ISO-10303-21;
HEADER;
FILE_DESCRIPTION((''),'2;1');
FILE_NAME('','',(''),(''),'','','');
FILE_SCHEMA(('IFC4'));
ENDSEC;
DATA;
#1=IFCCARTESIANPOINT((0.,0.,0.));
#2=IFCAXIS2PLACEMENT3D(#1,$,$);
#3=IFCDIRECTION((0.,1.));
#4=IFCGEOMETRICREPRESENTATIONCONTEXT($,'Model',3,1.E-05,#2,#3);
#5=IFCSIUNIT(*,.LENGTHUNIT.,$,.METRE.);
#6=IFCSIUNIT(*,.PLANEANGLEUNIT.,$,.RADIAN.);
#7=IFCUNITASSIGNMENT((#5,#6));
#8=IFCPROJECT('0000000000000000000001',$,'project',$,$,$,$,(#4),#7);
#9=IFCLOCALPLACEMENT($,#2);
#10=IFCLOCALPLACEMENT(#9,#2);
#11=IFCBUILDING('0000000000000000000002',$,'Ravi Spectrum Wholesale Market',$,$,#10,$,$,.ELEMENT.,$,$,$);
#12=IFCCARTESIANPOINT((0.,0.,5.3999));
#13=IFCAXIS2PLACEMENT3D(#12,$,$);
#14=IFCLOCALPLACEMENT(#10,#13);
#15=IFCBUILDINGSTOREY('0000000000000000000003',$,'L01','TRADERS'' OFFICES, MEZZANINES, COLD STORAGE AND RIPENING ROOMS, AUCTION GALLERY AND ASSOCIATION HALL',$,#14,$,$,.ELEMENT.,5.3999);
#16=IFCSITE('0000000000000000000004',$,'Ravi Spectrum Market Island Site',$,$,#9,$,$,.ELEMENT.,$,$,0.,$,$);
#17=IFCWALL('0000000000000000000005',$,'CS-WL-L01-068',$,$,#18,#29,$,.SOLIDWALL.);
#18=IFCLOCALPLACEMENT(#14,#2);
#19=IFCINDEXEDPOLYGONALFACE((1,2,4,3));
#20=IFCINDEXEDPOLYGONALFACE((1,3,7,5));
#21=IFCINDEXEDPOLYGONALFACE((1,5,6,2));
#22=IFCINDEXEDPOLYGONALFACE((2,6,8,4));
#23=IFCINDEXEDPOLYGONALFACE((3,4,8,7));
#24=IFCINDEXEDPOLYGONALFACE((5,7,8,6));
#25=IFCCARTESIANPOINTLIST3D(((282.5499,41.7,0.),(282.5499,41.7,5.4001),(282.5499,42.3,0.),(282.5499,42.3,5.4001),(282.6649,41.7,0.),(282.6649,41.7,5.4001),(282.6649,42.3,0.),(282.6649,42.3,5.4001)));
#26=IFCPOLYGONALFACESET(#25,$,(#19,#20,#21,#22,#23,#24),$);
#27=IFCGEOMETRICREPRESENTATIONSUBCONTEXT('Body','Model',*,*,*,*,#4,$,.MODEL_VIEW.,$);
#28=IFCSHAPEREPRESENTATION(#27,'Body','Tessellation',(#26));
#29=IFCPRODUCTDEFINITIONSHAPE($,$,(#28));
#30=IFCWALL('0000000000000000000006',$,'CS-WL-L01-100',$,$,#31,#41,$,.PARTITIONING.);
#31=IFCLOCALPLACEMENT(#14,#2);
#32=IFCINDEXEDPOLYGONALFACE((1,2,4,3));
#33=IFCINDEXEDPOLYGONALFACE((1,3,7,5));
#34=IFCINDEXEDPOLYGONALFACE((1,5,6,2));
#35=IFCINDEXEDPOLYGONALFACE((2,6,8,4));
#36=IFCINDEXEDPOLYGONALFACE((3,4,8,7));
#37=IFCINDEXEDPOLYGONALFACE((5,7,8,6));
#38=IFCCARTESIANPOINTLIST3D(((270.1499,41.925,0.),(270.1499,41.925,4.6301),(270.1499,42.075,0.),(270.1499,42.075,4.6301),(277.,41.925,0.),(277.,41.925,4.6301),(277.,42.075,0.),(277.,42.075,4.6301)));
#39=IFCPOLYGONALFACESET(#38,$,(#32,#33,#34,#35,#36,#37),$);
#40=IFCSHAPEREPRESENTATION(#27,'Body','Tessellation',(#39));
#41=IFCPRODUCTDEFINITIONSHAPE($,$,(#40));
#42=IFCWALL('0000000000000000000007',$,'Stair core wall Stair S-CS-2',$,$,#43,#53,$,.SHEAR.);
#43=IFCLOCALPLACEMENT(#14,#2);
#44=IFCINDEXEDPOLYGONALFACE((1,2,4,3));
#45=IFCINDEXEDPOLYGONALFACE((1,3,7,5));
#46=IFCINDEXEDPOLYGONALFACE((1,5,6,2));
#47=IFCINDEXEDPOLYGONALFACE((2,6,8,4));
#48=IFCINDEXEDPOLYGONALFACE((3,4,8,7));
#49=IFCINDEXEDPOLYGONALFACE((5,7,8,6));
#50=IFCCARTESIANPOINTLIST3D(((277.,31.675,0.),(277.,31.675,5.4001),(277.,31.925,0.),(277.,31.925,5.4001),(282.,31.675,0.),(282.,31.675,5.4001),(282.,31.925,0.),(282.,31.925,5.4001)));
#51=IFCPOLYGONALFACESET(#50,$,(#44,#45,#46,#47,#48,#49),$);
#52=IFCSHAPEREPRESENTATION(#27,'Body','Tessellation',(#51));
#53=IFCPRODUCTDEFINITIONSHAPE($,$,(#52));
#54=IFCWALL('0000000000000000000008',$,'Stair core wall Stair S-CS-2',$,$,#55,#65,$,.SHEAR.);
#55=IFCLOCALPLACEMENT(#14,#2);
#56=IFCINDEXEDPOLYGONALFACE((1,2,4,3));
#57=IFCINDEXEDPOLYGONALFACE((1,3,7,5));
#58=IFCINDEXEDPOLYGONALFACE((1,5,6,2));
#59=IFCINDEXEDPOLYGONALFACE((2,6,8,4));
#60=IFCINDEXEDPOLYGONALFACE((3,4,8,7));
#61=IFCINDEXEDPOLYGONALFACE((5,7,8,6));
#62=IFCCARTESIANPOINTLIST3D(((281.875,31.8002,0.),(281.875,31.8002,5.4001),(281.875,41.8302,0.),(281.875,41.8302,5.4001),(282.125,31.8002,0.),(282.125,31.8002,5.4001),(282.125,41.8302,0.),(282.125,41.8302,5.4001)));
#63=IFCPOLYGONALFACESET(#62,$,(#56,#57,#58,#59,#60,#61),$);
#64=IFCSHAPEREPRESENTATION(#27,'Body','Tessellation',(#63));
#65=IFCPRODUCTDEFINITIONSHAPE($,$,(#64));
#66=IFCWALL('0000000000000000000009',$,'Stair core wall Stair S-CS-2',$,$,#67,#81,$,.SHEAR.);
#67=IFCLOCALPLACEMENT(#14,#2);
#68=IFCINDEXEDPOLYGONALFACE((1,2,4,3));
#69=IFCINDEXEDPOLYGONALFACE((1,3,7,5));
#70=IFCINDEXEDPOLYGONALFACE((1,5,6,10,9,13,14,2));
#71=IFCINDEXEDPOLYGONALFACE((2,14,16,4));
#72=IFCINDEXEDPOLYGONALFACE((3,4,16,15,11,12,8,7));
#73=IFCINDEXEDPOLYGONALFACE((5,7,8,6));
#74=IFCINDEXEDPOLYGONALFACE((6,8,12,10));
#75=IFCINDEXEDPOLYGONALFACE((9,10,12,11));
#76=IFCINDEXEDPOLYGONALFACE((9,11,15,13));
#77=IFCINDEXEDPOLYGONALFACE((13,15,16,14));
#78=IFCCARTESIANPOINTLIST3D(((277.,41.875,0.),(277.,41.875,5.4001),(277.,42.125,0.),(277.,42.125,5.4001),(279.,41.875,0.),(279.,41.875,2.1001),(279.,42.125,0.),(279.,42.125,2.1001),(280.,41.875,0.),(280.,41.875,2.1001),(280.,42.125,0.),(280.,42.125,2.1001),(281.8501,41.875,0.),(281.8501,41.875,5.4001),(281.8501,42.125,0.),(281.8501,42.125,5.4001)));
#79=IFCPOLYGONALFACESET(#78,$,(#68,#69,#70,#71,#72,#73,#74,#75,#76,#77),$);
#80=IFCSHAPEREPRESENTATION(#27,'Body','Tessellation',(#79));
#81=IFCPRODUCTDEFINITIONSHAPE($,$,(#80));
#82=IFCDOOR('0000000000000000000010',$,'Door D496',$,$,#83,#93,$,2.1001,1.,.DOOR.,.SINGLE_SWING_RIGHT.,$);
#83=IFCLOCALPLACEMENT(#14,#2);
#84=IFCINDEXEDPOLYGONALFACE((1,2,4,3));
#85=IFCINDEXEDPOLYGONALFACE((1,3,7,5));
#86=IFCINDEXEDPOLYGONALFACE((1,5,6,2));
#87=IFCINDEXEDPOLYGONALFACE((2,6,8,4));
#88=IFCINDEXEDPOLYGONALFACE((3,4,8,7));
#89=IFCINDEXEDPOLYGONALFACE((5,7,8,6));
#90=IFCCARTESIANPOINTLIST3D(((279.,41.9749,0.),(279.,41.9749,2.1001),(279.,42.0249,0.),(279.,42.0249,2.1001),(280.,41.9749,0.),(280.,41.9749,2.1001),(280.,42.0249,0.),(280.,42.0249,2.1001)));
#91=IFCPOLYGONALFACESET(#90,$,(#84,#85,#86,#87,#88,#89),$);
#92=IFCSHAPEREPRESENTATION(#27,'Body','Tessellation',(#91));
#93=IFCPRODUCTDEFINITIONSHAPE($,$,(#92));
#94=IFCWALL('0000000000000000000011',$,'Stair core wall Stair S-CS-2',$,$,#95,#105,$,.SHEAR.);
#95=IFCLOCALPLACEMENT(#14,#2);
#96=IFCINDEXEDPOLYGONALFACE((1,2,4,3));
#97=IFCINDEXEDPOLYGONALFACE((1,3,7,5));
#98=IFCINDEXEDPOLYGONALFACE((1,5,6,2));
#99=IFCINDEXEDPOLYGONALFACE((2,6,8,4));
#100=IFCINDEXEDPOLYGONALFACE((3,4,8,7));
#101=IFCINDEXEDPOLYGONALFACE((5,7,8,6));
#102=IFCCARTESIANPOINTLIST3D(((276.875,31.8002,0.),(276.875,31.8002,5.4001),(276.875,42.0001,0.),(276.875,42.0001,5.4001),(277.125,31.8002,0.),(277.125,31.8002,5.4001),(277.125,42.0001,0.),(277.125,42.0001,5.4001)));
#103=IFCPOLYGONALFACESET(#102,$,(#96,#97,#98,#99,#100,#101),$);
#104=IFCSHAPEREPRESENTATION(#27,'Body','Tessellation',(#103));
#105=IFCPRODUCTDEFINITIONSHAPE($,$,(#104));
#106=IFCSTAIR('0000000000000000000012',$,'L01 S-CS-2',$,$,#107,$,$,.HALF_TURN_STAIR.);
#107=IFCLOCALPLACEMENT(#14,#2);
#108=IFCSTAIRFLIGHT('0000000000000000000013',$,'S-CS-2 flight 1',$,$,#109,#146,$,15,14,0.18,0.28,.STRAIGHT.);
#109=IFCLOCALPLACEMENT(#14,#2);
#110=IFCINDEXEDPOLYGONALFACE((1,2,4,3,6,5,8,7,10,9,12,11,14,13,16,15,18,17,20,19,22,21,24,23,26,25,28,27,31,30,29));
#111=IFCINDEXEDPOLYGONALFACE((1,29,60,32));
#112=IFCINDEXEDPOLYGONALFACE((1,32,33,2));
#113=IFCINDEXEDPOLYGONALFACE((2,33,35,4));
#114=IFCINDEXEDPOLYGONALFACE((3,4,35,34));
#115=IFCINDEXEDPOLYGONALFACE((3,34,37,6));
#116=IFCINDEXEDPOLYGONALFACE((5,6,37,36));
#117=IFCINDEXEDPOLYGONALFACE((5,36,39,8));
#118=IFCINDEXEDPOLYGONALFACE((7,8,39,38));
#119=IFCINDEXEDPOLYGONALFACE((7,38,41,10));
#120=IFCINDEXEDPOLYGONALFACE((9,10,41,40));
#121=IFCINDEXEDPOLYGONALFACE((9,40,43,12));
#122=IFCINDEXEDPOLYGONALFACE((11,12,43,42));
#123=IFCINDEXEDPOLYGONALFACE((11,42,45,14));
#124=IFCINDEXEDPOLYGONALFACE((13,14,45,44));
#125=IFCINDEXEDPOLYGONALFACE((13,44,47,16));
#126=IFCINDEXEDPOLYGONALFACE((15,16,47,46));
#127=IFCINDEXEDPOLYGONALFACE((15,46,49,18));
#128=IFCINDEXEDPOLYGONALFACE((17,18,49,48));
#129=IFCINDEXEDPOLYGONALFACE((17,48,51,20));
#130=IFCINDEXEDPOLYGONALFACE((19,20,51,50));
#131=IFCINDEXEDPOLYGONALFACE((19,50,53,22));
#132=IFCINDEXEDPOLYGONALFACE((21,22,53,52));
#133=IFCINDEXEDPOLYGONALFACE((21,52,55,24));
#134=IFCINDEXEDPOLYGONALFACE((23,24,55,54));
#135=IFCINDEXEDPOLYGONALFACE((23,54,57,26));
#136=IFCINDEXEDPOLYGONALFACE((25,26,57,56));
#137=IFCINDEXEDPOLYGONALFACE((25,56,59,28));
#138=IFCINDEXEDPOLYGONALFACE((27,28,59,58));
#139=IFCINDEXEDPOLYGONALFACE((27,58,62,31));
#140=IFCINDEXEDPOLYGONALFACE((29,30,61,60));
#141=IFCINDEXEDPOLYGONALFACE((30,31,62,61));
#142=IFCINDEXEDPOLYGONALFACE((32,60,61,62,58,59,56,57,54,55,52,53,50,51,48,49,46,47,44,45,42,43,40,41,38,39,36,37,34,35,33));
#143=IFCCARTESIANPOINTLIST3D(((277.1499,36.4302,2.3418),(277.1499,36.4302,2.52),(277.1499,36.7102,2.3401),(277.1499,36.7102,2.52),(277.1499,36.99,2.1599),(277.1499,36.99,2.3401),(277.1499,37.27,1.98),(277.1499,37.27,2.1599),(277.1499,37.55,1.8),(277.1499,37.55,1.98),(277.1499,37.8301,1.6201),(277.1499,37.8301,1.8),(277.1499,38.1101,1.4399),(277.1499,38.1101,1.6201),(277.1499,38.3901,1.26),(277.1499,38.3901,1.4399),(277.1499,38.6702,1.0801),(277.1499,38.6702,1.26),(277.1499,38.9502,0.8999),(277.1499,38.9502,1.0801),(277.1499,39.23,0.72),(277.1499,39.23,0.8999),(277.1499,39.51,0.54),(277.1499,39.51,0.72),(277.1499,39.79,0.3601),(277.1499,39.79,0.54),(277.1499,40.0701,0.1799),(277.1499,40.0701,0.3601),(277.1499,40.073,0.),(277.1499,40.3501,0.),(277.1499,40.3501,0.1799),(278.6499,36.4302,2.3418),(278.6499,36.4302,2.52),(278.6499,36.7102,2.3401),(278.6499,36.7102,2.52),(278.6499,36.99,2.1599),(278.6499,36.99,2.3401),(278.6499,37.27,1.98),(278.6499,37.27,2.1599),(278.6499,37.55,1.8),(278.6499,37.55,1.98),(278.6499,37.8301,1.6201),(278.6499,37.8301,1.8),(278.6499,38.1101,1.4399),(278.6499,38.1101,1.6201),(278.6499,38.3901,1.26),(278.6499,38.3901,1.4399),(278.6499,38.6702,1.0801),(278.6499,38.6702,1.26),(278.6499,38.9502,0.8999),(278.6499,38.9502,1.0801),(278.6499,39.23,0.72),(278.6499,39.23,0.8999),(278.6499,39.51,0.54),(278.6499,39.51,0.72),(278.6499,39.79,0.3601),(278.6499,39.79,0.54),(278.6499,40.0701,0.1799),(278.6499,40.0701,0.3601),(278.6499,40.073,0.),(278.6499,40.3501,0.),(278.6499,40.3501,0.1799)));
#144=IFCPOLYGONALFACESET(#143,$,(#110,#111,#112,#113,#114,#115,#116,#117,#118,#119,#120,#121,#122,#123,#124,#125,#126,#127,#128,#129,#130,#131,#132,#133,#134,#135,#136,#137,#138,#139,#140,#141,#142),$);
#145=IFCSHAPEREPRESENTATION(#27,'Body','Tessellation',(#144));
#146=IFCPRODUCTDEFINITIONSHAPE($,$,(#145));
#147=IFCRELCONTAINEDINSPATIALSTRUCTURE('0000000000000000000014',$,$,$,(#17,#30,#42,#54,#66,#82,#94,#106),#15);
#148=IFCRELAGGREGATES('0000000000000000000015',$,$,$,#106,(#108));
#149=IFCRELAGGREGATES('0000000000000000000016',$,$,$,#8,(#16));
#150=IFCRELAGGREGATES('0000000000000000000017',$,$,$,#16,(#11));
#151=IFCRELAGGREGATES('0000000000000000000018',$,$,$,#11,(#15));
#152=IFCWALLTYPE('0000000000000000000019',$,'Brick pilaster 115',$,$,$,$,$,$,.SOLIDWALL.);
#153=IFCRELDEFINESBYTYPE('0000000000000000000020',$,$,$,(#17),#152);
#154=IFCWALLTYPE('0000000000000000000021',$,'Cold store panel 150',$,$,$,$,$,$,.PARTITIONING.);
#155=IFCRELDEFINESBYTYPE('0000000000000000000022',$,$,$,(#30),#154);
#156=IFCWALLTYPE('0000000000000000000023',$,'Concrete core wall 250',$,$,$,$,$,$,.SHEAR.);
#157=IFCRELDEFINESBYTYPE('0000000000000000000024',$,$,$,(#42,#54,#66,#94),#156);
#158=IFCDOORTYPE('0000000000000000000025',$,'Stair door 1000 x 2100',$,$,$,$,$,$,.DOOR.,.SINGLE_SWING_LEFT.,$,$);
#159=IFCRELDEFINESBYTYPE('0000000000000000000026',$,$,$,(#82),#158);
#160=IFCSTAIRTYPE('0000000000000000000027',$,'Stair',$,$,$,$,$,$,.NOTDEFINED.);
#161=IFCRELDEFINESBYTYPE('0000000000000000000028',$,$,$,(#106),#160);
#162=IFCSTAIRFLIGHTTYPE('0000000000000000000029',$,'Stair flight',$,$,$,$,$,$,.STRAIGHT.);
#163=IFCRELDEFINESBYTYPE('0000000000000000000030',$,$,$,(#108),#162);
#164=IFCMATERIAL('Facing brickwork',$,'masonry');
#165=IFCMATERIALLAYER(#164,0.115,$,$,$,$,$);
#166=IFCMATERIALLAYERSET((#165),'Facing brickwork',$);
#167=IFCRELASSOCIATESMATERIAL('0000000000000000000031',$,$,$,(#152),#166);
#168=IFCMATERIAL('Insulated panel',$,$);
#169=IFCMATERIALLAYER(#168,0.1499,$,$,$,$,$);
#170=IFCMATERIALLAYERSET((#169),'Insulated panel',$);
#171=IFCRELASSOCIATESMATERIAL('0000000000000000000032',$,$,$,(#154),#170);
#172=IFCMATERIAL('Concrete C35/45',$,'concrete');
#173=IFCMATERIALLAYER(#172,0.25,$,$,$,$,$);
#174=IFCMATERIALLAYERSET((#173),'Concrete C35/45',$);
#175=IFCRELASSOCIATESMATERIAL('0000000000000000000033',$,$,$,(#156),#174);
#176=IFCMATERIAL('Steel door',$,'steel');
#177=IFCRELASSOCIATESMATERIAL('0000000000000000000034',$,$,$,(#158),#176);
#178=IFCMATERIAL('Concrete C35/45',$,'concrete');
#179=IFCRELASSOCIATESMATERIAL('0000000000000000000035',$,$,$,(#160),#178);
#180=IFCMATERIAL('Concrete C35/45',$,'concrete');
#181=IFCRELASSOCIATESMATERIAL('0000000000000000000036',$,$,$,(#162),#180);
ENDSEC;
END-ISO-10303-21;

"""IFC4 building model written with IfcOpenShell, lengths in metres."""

from ifc_helpers import new_model, si_unit, direction, frame, frame_2d, origin, place, context, subcontext, project, spatial, polyline, rectangle, outline, extrude, material, layer, layer_set, type_object, element, fill, aggregate, save


model = new_model("IFC4")

# Units and contexts
model_context = context("Model", 3, precision=1e-05, world=origin(), true_north=direction((0.0, 1.0)))
body_context = subcontext(model_context, "Body", "Model", "MODEL_VIEW")
ifc_project = project(units=[si_unit("LENGTHUNIT", "METRE"), si_unit("PLANEANGLEUNIT", "RADIAN")], contexts=[model_context])

# Site, building, storey
site_placement = place(None, origin())
site = spatial("IfcSite", under=ifc_project, at=site_placement, Name="Ravi Spectrum Market Island Site", CompositionType="ELEMENT", RefElevation=0.0)
building_placement = place(site_placement, origin())
building = spatial("IfcBuilding", under=site, at=building_placement, Name="Ravi Spectrum Wholesale Market", CompositionType="ELEMENT")
storey_placement = place(building_placement, frame((0.0, 0.0, 5.3999)))
storey = spatial("IfcBuildingStorey", under=building, at=storey_placement, Name="L01", Description="TRADERS' OFFICES, MEZZANINES, COLD STORAGE AND RIPENING ROOMS, AUCTION GALLERY AND ASSOCIATION HALL", CompositionType="ELEMENT", Elevation=5.3999)

# Walls
ifc_material_1 = material(Name="Facing brickwork", Category="masonry")
ifc_layer_1 = layer(ifc_material_1, 0.115)
ifc_layer_set_1 = layer_set([ifc_layer_1], Name="Facing brickwork")
wall_type_1 = type_object("IfcWallType", Name="Brick pilaster 115", PredefinedType="SOLIDWALL", material=ifc_layer_set_1)
wall_1_placement = place(storey_placement, frame((282.6074, 41.7, 0.0), z_axis=(0.0, 0.0, 1.0), x_axis=(0.0, 1.0, 0.0)))
element("IfcWall", 1, at=wall_1_placement, inside=storey, type_object=wall_type_1, Name="CS-WL-L01-068", PredefinedType="SOLIDWALL", context=body_context, shape_type="SweptSolid", body=[
    extrude(rectangle(XDim=0.6001, YDim=0.115, at=frame_2d((0.3, 0.0))), origin(), (0.0, 0.0, 1.0), 5.4001),
])
ifc_material_2 = material(Name="Insulated panel")
ifc_layer_2 = layer(ifc_material_2, 0.1499)
ifc_layer_set_2 = layer_set([ifc_layer_2], Name="Insulated panel")
wall_type_2 = type_object("IfcWallType", Name="Cold store panel 150", PredefinedType="PARTITIONING", material=ifc_layer_set_2)
wall_2_placement = place(storey_placement, frame((270.1499, 42.0, 0.0), z_axis=(0.0, 0.0, 1.0), x_axis=(1.0, 0.0, 0.0)))
element("IfcWall", 2, at=wall_2_placement, inside=storey, type_object=wall_type_2, Name="CS-WL-L01-100", PredefinedType="PARTITIONING", context=body_context, shape_type="SweptSolid", body=[
    extrude(rectangle(XDim=6.8501, YDim=0.1499, at=frame_2d((3.425, 0.0))), origin(), (0.0, 0.0, 1.0), 4.6301),
])
ifc_material_3 = material(Name="Concrete C35/45", Category="concrete")
ifc_layer_3 = layer(ifc_material_3, 0.25)
ifc_layer_set_3 = layer_set([ifc_layer_3], Name="Concrete C35/45")
wall_type_3 = type_object("IfcWallType", Name="Concrete core wall 250", PredefinedType="SHEAR", material=ifc_layer_set_3)
wall_3_placement = place(storey_placement, frame((277.0, 31.8, 0.0), z_axis=(0.0, 0.0, 1.0), x_axis=(1.0, 0.0, 0.0)))
element("IfcWall", 3, at=wall_3_placement, inside=storey, type_object=wall_type_3, Name="Stair core wall Stair S-CS-2", PredefinedType="SHEAR", context=body_context, shape_type="SweptSolid", body=[
    extrude(rectangle(XDim=5.0, YDim=0.25, at=frame_2d((2.5, 0.0))), origin(), (0.0, 0.0, 1.0), 5.4001),
])
wall_4_placement = place(storey_placement, frame((282.0, 31.8, 0.0), z_axis=(0.0, 0.0, 1.0), x_axis=(0.0, 1.0, 0.0)))
element("IfcWall", 4, at=wall_4_placement, inside=storey, type_object=wall_type_3, Name="Stair core wall Stair S-CS-2", PredefinedType="SHEAR", context=body_context, shape_type="SweptSolid", body=[
    extrude(rectangle(XDim=10.03, YDim=0.25, at=frame_2d((5.0151, 0.0))), origin(), (0.0, 0.0, 1.0), 5.4001),
])

# Wall, opening, door
wall_5_placement = place(storey_placement, frame((277.0, 42.0, 0.0), z_axis=(0.0, 0.0, 1.0), x_axis=(1.0, 0.0, 0.0)))
wall_5 = element("IfcWall", 5, at=wall_5_placement, inside=storey, type_object=wall_type_3, Name="Stair core wall Stair S-CS-2", PredefinedType="SHEAR", context=body_context, shape_type="SweptSolid", body=[
    extrude(rectangle(XDim=4.8501, YDim=0.25, at=frame_2d((2.425, 0.0))), origin(), (0.0, 0.0, 1.0), 5.4001),
])
opening_placement = place(wall_5_placement, frame((2.0, 0.0, 0.0)))
opening = element("IfcOpeningElement", 6, at=opening_placement, cuts=wall_5, PredefinedType="OPENING", context=body_context, shape_type="SweptSolid", body=[
    extrude(rectangle(XDim=1.0, YDim=2.1001, at=frame_2d((0.5, 1.05))), frame((0.0, 0.135, 0.0), z_axis=(0.0, -1.0, 0.0), x_axis=(1.0, 0.0, 0.0)), (0.0, 0.0, 1.0), 0.27),
])
ifc_material_4 = material(Name="Steel door", Category="steel")
door_type = type_object("IfcDoorType", Name="Stair door 1000 x 2100", OperationType="SINGLE_SWING_LEFT", PredefinedType="DOOR", material=ifc_material_4)
door_placement = place(opening_placement, origin())
door = element("IfcDoor", 7, at=door_placement, inside=storey, type_object=door_type, Name="Door D496", OperationType="SINGLE_SWING_RIGHT", OverallHeight=2.1001, OverallWidth=1.0, PredefinedType="DOOR", context=body_context, shape_type="SweptSolid", body=[
    extrude(rectangle(XDim=1.0, YDim=2.1001, at=frame_2d((0.5, 1.05))), frame((0.0, 0.0249, 0.0), z_axis=(0.0, -1.0, 0.0), x_axis=(1.0, 0.0, 0.0)), (0.0, 0.0, 1.0), 0.05),
])
fill(opening, door)

# Wall
wall_6_placement = place(storey_placement, frame((277.0, 31.8, 0.0), z_axis=(0.0, 0.0, 1.0), x_axis=(0.0, 1.0, 0.0)))
element("IfcWall", 8, at=wall_6_placement, inside=storey, type_object=wall_type_3, Name="Stair core wall Stair S-CS-2", PredefinedType="SHEAR", context=body_context, shape_type="SweptSolid", body=[
    extrude(rectangle(XDim=10.2, YDim=0.25, at=frame_2d((5.1001, 0.0))), origin(), (0.0, 0.0, 1.0), 5.4001),
])

# Stair, stair flight
ifc_material_5 = material(Name="Concrete C35/45", Category="concrete")
stair_type = type_object("IfcStairType", Name="Stair", PredefinedType="NOTDEFINED", material=ifc_material_5)
stair_placement = place(storey_placement, origin())
stair = element("IfcStair", 9, at=stair_placement, inside=storey, type_object=stair_type, Name="L01 S-CS-2", PredefinedType="HALF_TURN_STAIR")
ifc_material_6 = material(Name="Concrete C35/45", Category="concrete")
stair_flight_type = type_object("IfcStairFlightType", Name="Stair flight", PredefinedType="STRAIGHT", material=ifc_material_6)
stair_flight_1_placement = place(storey_placement, frame((277.8999, 40.3501, 0.0), z_axis=(0.0, 0.0, 1.0), x_axis=(0.0, -1.0, 0.0)))
stair_flight_1 = element("IfcStairFlight", 10, at=stair_flight_1_placement, type_object=stair_flight_type, Name="S-CS-2 flight 1", NumberOfRisers=15, NumberOfTreads=14, PredefinedType="STRAIGHT", RiserHeight=0.18, TreadLength=0.28, context=body_context, shape_type="SweptSolid", body=[
    extrude(outline(polyline([(0.0, 0.0), (0.0, 0.1799), (0.28, 0.1799), (0.28, 0.3601), (0.5601, 0.3601), (0.5601, 0.54), (0.8401, 0.54), (0.8401, 0.72), (1.1201, 0.72), (1.1201, 0.8999), (1.3999, 0.8999), (1.3999, 1.0801), (1.6799, 1.0801), (1.6799, 1.26), (1.96, 1.26), (1.96, 1.4399), (2.24, 1.4399), (2.24, 1.6201), (2.52, 1.6201), (2.52, 1.8), (2.8, 1.8), (2.8, 1.98), (3.0801, 1.98), (3.0801, 2.1599), (3.3601, 2.1599), (3.3601, 2.3401), (3.6399, 2.3401), (3.6399, 2.52), (3.9199, 2.52), (3.9199, 2.7), (3.9199, 2.3418), (0.2771, 0.0), (0.0, 0.0)])), frame((0.0, 0.75, 0.0), z_axis=(0.0, -1.0, 0.0), x_axis=(1.0, 0.0, 0.0)), (0.0, 0.0, 1.0), 1.5),
])
aggregate(stair, [stair_flight_1])

save(model, "model.ifc")
